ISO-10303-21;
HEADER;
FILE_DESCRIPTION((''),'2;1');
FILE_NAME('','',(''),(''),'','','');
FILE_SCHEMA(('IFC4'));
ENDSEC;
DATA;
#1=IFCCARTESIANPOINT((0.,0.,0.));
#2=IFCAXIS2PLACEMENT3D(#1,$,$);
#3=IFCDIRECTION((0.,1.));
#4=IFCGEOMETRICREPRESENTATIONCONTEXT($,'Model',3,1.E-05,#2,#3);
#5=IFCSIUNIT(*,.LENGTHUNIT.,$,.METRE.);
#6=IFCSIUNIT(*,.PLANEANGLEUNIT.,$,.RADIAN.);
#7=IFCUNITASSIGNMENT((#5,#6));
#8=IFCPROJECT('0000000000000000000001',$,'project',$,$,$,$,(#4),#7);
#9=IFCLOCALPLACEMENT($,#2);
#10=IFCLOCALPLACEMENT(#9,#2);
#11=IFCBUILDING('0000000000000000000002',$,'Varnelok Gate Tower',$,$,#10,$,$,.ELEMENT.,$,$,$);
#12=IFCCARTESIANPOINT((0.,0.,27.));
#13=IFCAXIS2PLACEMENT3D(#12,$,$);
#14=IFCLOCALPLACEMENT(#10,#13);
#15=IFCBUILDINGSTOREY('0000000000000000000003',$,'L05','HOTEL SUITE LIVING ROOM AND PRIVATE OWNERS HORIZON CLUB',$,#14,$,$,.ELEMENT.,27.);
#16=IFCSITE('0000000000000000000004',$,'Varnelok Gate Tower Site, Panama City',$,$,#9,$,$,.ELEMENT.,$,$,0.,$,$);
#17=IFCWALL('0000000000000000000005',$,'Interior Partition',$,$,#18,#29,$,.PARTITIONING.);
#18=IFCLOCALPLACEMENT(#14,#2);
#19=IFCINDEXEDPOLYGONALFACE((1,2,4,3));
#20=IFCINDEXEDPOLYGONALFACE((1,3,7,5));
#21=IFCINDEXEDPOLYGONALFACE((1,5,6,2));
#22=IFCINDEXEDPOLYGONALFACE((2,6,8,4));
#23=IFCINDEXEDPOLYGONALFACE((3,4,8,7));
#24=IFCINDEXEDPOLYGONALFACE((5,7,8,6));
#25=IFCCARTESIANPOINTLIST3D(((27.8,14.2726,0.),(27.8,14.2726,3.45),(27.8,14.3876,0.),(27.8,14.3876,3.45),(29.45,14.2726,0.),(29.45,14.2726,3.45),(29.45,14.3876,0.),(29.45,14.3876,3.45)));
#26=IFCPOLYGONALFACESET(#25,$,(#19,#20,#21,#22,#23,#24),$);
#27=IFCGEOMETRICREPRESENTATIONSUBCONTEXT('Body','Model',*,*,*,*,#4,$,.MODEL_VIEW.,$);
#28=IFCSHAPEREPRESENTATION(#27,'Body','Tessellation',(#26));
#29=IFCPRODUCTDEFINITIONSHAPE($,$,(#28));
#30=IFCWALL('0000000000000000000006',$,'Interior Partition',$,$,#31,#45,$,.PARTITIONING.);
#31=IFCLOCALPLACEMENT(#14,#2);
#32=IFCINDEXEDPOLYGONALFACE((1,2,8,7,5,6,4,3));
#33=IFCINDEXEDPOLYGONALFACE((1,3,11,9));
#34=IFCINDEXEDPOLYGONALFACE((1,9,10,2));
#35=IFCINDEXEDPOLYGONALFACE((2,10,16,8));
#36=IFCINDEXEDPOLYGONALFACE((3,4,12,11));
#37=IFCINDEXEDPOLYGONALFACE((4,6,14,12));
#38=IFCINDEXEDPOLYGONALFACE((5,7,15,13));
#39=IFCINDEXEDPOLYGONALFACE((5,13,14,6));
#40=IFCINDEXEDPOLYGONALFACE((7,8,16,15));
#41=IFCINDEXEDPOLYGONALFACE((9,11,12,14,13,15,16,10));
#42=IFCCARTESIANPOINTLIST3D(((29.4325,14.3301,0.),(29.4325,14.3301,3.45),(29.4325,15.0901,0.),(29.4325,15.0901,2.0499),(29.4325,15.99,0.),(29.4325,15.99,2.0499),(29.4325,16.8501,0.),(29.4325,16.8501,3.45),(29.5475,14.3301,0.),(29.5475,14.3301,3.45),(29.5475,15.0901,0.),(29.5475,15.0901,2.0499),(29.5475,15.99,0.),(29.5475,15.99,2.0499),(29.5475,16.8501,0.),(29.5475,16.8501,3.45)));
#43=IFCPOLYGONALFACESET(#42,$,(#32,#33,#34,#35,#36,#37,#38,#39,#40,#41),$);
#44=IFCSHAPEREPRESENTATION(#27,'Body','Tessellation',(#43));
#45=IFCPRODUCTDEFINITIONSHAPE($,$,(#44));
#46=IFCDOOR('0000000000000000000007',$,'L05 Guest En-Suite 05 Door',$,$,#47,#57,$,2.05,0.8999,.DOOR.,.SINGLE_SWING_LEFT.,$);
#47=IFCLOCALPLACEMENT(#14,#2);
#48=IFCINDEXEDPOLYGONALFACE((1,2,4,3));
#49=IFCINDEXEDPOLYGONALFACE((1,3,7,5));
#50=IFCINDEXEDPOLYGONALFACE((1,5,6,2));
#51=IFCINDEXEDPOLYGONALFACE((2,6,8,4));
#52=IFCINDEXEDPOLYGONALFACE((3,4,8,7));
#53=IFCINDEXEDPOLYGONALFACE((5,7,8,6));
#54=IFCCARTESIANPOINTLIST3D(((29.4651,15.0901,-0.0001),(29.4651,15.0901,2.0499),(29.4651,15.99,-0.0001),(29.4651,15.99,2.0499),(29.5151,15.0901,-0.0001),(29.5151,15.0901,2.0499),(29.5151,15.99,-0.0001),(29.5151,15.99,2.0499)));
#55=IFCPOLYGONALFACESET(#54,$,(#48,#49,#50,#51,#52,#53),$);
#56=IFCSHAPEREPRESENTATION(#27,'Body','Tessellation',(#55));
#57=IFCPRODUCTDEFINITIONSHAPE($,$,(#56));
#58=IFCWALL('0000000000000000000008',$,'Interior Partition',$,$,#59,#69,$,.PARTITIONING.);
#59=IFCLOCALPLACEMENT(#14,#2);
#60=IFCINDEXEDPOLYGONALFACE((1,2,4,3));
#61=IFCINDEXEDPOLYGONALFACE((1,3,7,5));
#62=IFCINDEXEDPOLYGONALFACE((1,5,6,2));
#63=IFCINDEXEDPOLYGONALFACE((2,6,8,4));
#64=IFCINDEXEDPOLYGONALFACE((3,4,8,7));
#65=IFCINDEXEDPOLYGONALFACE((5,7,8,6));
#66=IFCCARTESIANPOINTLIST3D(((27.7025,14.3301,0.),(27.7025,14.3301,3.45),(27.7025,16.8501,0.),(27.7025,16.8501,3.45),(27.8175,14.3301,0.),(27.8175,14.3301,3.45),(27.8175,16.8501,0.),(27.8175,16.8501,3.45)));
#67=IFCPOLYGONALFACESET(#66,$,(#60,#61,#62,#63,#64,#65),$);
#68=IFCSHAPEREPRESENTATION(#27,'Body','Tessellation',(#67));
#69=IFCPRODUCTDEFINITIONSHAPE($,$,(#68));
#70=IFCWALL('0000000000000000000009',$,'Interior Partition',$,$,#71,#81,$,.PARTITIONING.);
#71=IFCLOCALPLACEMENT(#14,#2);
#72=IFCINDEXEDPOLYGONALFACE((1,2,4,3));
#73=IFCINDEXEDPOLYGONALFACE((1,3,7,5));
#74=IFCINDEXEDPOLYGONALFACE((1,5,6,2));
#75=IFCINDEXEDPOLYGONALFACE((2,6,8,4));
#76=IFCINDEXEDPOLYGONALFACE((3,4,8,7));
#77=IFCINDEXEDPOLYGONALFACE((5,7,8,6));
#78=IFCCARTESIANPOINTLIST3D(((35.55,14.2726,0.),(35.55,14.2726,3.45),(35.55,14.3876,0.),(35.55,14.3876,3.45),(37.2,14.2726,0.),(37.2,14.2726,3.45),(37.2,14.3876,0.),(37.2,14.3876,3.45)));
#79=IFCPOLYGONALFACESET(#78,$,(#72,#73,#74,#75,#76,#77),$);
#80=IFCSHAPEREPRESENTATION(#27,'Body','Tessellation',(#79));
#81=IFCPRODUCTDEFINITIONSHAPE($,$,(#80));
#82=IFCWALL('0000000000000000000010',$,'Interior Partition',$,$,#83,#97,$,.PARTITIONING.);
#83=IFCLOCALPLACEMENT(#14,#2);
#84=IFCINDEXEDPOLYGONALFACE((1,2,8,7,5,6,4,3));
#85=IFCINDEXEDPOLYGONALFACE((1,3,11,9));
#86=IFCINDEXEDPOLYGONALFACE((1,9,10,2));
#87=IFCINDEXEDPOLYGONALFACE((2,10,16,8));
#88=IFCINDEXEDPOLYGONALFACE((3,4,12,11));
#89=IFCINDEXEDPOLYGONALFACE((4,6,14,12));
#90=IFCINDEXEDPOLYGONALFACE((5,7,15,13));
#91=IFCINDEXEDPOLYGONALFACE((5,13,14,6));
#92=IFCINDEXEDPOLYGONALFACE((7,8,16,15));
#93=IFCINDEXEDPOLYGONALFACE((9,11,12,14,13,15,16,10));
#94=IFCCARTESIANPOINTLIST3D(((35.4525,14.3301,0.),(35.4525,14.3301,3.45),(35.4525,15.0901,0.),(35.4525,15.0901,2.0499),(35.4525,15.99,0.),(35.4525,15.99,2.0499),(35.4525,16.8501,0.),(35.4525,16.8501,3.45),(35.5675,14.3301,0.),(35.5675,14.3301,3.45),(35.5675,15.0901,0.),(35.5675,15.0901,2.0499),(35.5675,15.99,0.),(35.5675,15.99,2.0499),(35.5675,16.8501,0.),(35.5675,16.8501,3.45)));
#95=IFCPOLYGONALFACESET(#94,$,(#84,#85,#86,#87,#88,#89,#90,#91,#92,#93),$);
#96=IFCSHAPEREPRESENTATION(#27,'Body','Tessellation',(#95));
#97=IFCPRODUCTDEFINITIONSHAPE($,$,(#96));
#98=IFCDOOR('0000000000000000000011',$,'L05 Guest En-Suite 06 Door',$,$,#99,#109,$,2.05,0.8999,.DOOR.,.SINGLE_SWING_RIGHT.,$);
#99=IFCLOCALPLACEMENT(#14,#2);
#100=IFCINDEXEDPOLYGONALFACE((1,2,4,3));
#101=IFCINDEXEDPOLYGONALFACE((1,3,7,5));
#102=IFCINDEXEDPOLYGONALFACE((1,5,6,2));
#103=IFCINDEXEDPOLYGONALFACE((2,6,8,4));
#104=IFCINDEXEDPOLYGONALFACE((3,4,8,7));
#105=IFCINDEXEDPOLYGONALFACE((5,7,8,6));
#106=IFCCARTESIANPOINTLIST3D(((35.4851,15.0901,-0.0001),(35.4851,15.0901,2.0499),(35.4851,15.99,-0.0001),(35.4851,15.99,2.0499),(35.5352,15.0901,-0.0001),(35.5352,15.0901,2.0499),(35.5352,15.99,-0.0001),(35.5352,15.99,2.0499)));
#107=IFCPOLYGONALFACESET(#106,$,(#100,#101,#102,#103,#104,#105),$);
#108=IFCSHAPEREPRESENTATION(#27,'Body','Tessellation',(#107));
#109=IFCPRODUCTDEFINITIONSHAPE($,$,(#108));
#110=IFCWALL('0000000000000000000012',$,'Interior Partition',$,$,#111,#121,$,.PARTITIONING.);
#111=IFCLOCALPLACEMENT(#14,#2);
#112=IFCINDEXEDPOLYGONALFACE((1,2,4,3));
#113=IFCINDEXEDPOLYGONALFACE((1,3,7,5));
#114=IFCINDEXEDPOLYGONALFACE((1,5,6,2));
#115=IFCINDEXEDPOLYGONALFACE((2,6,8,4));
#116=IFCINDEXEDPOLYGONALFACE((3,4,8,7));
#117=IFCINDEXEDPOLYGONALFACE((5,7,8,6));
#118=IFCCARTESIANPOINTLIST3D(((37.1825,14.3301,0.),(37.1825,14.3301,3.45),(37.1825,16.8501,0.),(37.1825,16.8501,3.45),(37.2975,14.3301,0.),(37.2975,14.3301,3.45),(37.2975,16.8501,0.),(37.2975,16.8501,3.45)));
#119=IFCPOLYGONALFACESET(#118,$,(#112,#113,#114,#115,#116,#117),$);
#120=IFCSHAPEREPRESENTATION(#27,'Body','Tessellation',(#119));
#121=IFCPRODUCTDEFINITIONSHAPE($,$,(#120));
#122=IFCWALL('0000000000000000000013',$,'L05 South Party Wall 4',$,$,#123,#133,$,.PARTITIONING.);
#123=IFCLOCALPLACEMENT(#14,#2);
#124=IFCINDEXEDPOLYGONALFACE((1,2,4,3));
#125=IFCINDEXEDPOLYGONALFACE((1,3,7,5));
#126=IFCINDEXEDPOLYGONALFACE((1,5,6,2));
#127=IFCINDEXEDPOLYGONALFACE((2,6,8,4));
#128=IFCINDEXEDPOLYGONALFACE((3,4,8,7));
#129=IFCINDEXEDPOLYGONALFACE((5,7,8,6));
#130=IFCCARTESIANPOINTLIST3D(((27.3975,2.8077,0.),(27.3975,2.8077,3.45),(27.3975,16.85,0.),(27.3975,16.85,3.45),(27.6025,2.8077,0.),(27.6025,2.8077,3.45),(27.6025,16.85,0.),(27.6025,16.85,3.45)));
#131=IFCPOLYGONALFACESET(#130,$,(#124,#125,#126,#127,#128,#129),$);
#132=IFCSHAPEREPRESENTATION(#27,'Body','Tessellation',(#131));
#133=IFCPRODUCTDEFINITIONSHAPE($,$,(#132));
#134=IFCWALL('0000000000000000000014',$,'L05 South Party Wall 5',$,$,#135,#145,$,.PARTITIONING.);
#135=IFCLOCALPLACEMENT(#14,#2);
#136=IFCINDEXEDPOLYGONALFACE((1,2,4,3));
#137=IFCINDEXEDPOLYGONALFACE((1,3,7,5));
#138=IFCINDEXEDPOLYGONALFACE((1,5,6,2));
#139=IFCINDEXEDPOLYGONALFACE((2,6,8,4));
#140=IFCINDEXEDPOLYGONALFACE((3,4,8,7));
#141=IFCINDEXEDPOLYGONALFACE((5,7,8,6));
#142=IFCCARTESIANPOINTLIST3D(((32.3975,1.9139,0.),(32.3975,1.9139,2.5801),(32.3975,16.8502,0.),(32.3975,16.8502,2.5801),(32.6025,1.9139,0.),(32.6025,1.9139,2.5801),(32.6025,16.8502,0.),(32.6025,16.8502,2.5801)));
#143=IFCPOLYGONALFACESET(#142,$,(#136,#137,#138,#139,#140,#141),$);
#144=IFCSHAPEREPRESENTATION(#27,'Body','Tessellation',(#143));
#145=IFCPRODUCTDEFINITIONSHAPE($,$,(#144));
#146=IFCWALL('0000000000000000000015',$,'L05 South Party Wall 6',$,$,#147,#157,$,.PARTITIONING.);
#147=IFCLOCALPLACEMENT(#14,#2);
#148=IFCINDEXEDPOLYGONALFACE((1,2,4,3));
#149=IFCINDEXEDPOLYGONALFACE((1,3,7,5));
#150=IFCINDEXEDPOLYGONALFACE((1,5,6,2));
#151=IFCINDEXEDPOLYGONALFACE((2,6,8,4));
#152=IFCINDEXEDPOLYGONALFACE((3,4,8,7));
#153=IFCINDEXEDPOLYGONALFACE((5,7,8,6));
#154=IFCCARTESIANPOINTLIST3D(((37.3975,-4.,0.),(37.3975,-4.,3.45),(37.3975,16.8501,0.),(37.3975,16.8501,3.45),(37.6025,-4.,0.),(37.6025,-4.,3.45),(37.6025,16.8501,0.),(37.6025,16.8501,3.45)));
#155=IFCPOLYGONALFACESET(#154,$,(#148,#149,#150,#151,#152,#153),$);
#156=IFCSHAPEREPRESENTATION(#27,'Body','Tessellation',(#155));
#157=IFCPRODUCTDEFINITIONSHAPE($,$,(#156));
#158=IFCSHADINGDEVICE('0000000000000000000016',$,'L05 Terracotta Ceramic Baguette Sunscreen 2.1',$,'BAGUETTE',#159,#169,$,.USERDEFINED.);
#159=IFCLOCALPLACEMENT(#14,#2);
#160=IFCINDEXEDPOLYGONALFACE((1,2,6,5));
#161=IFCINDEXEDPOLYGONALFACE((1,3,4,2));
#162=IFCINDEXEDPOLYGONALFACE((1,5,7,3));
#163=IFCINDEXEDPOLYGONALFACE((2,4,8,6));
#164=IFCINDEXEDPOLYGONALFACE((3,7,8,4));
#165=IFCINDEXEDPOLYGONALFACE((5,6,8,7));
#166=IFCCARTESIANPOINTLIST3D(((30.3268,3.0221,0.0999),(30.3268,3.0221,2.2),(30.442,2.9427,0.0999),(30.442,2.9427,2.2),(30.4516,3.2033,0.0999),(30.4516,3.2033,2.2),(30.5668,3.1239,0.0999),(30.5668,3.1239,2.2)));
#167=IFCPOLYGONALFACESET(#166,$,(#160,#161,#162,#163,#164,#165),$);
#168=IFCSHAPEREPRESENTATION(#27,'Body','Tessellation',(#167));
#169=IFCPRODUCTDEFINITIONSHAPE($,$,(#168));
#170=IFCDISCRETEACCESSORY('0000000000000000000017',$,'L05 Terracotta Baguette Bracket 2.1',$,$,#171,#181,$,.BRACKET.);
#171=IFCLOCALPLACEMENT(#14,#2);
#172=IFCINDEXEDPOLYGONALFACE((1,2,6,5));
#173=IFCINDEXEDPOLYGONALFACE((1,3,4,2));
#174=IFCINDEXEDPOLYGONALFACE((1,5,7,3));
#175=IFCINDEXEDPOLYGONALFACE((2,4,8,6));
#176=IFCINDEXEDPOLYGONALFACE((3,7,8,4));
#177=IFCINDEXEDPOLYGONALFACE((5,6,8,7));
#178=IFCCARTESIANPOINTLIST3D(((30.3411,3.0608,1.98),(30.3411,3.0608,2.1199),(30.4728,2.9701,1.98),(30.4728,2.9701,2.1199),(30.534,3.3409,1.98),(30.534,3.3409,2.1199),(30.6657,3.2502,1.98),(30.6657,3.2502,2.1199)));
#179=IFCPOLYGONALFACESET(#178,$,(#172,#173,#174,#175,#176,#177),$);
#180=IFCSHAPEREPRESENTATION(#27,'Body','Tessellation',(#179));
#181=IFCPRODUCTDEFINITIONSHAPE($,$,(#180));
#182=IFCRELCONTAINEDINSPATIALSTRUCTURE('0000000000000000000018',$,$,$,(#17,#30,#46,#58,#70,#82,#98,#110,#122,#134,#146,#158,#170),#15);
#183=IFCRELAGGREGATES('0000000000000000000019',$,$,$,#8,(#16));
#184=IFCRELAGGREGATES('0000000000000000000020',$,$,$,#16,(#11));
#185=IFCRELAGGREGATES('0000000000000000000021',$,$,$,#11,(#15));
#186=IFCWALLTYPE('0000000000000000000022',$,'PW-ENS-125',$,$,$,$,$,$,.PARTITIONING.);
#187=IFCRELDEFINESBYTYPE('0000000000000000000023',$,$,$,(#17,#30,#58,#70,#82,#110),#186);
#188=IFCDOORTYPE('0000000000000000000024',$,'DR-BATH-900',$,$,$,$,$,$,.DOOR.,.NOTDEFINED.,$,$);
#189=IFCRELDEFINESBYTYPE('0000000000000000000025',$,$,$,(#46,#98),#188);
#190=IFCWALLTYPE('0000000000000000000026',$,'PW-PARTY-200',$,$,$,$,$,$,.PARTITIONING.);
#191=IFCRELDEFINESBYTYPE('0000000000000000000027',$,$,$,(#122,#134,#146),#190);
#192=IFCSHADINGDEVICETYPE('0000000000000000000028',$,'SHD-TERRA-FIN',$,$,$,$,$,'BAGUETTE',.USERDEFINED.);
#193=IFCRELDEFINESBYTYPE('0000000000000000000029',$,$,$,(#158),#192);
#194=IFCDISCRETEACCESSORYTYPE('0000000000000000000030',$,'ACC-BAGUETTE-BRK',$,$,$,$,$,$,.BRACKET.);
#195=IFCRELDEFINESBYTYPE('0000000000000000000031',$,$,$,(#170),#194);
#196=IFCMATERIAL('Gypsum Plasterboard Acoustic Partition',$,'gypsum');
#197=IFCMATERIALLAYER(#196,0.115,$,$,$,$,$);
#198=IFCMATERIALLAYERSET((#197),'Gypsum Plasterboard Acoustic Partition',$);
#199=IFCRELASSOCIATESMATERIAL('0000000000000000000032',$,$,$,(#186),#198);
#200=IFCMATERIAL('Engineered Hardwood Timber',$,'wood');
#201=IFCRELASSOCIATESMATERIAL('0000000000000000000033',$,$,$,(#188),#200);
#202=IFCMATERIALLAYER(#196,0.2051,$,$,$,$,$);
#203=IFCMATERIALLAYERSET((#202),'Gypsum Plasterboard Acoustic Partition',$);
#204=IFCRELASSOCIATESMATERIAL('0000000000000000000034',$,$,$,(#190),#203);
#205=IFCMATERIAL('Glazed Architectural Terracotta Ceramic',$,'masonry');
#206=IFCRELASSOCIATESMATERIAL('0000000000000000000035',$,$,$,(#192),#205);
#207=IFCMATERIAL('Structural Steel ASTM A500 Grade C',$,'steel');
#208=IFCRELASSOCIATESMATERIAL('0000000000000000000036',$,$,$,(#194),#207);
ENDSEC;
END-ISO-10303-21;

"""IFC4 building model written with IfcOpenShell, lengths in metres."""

from ifc_helpers import new_model, si_unit, direction, frame, frame_2d, origin, origin_2d, place, context, subcontext, project, spatial, rectangle, extrude, source, transform, mapped, material, layer, layer_set, type_object, element, fill, save


model = new_model("IFC4")

# Units and contexts
model_context = context("Model", 3, precision=1e-05, world=origin(), true_north=direction((0.0, 1.0)))
body_context = subcontext(model_context, "Body", "Model", "MODEL_VIEW")
ifc_project = project(units=[si_unit("LENGTHUNIT", "METRE"), si_unit("PLANEANGLEUNIT", "RADIAN")], contexts=[model_context])

# Site, building, storey
site_placement = place(None, origin())
site = spatial("IfcSite", under=ifc_project, at=site_placement, Name="Varnelok Gate Tower Site, Panama City", CompositionType="ELEMENT", RefElevation=0.0)
building_placement = place(site_placement, origin())
building = spatial("IfcBuilding", under=site, at=building_placement, Name="Varnelok Gate Tower", CompositionType="ELEMENT")
storey_placement = place(building_placement, frame((0.0, 0.0, 27.0)))
storey = spatial("IfcBuildingStorey", under=building, at=storey_placement, Name="L05", Description="HOTEL SUITE LIVING ROOM AND PRIVATE OWNERS HORIZON CLUB", CompositionType="ELEMENT", Elevation=27.0)

# Shared definitions
ifc_material_1 = material(Name="Gypsum Plasterboard Acoustic Partition", Category="gypsum")
ifc_material_2 = material(Name="Engineered Hardwood Timber", Category="wood")
ifc_layer_1 = layer(ifc_material_1, 0.115)
ifc_layer_set_1 = layer_set([ifc_layer_1], Name="Gypsum Plasterboard Acoustic Partition")
wall_type_1 = type_object("IfcWallType", Name="PW-ENS-125", PredefinedType="PARTITIONING", material=ifc_layer_set_1)
door_type_1 = type_object("IfcDoorType", Name="DR-BATH-900", OperationType="NOTDEFINED", PredefinedType="DOOR", material=ifc_material_2)

# Wall
wall_1_placement = place(storey_placement, frame((27.8, 14.3301, 0.0), z_axis=(0.0, 0.0, 1.0), x_axis=(1.0, 0.0, 0.0)))
element("IfcWall", 1, at=wall_1_placement, inside=storey, type_object=wall_type_1, Name="Interior Partition", PredefinedType="PARTITIONING", context=body_context, shape_type="SweptSolid", body=[
    extrude(rectangle(XDim=1.6499, YDim=0.115, at=frame_2d((0.825, 0.0))), origin(), (0.0, 0.0, 1.0), 3.45),
])

# Wall, opening, door
wall_2_placement = place(storey_placement, frame((29.49, 14.3301, 0.0), z_axis=(0.0, 0.0, 1.0), x_axis=(0.0, 1.0, 0.0)))
wall_2 = element("IfcWall", 2, at=wall_2_placement, inside=storey, type_object=wall_type_1, Name="Interior Partition", PredefinedType="PARTITIONING", context=body_context, shape_type="SweptSolid", body=[
    extrude(rectangle(XDim=2.52, YDim=0.115, at=frame_2d((1.26, 0.0))), origin(), (0.0, 0.0, 1.0), 3.45),
])
opening_1_placement = place(wall_2_placement, frame((0.76, 0.0, 0.0)))
opening_1 = element("IfcOpeningElement", 3, at=opening_1_placement, cuts=wall_2, PredefinedType="OPENING", context=body_context, shape_type="SweptSolid", body=[
    extrude(rectangle(XDim=0.8999, YDim=2.05, at=frame_2d((0.45, 1.0249))), frame((0.0, 0.0674, 0.0), z_axis=(0.0, -1.0, 0.0), x_axis=(1.0, 0.0, 0.0)), (0.0, 0.0, 1.0), 0.135),
])
door_1_placement = place(opening_1_placement, origin())
door_1 = element("IfcDoor", 4, at=door_1_placement, inside=storey, type_object=door_type_1, Name="L05 Guest En-Suite 05 Door", OperationType="SINGLE_SWING_LEFT", OverallHeight=2.05, OverallWidth=0.8999, PredefinedType="DOOR", context=body_context, shape_type="SweptSolid", body=[
    extrude(rectangle(XDim=0.8999, YDim=2.05, at=frame_2d((0.45, 1.0249))), frame((0.0, 0.0249, 0.0), z_axis=(0.0, -1.0, 0.0), x_axis=(1.0, 0.0, 0.0)), (0.0, 0.0, 1.0), 0.05),
])
fill(opening_1, door_1)

# Walls
wall_3_placement = place(storey_placement, frame((27.76, 14.3301, 0.0), z_axis=(0.0, 0.0, 1.0), x_axis=(0.0, 1.0, 0.0)))
element("IfcWall", 5, at=wall_3_placement, inside=storey, type_object=wall_type_1, Name="Interior Partition", PredefinedType="PARTITIONING", context=body_context, shape_type="SweptSolid", body=[
    extrude(rectangle(XDim=2.52, YDim=0.115, at=frame_2d((1.26, 0.0))), origin(), (0.0, 0.0, 1.0), 3.45),
])
wall_4_placement = place(storey_placement, frame((35.55, 14.3301, 0.0), z_axis=(0.0, 0.0, 1.0), x_axis=(1.0, 0.0, 0.0)))
element("IfcWall", 6, at=wall_4_placement, inside=storey, type_object=wall_type_1, Name="Interior Partition", PredefinedType="PARTITIONING", context=body_context, shape_type="SweptSolid", body=[
    extrude(rectangle(XDim=1.6499, YDim=0.115, at=frame_2d((0.825, 0.0))), origin(), (0.0, 0.0, 1.0), 3.45),
])

# Wall, opening, door
wall_5_placement = place(storey_placement, frame((35.51, 14.3301, 0.0), z_axis=(0.0, 0.0, 1.0), x_axis=(0.0, 1.0, 0.0)))
wall_5 = element("IfcWall", 7, at=wall_5_placement, inside=storey, type_object=wall_type_1, Name="Interior Partition", PredefinedType="PARTITIONING", context=body_context, shape_type="SweptSolid", body=[
    extrude(rectangle(XDim=2.52, YDim=0.115, at=frame_2d((1.26, 0.0))), origin(), (0.0, 0.0, 1.0), 3.45),
])
opening_2_placement = place(wall_5_placement, frame((0.76, 0.0, 0.0)))
opening_2 = element("IfcOpeningElement", 8, at=opening_2_placement, cuts=wall_5, PredefinedType="OPENING", context=body_context, shape_type="SweptSolid", body=[
    extrude(rectangle(XDim=0.8999, YDim=2.05, at=frame_2d((0.45, 1.0249))), frame((0.0, 0.0674, 0.0), z_axis=(0.0, -1.0, 0.0), x_axis=(1.0, 0.0, 0.0)), (0.0, 0.0, 1.0), 0.135),
])
door_2_placement = place(opening_2_placement, origin())
door_2 = element("IfcDoor", 9, at=door_2_placement, inside=storey, type_object=door_type_1, Name="L05 Guest En-Suite 06 Door", OperationType="SINGLE_SWING_RIGHT", OverallHeight=2.05, OverallWidth=0.8999, PredefinedType="DOOR", context=body_context, shape_type="SweptSolid", body=[
    extrude(rectangle(XDim=0.8999, YDim=2.05, at=frame_2d((0.45, 1.0249))), frame((0.0, 0.0249, 0.0), z_axis=(0.0, -1.0, 0.0), x_axis=(1.0, 0.0, 0.0)), (0.0, 0.0, 1.0), 0.05),
])
fill(opening_2, door_2)

# Walls
wall_6_placement = place(storey_placement, frame((37.24, 14.3301, 0.0), z_axis=(0.0, 0.0, 1.0), x_axis=(0.0, 1.0, 0.0)))
element("IfcWall", 10, at=wall_6_placement, inside=storey, type_object=wall_type_1, Name="Interior Partition", PredefinedType="PARTITIONING", context=body_context, shape_type="SweptSolid", body=[
    extrude(rectangle(XDim=2.52, YDim=0.115, at=frame_2d((1.26, 0.0))), origin(), (0.0, 0.0, 1.0), 3.45),
])
ifc_layer_2 = layer(ifc_material_1, 0.2051)
ifc_layer_set_2 = layer_set([ifc_layer_2], Name="Gypsum Plasterboard Acoustic Partition")
wall_type_2 = type_object("IfcWallType", Name="PW-PARTY-200", PredefinedType="PARTITIONING", material=ifc_layer_set_2)
wall_7_placement = place(storey_placement, frame((27.5, 2.8079, 0.0), z_axis=(0.0, 0.0, 1.0), x_axis=(0.0, 1.0, 0.0)))
element("IfcWall", 11, at=wall_7_placement, inside=storey, type_object=wall_type_2, Name="L05 South Party Wall 4", PredefinedType="PARTITIONING", context=body_context, shape_type="SweptSolid", body=[
    extrude(rectangle(XDim=14.0422, YDim=0.2051, at=frame_2d((7.021, 0.0))), origin(), (0.0, 0.0, 1.0), 3.45),
])
wall_8_placement = place(storey_placement, frame((32.5, 1.9138, 0.0), z_axis=(0.0, 0.0, 1.0), x_axis=(0.0, 1.0, 0.0)))
element("IfcWall", 12, at=wall_8_placement, inside=storey, type_object=wall_type_2, Name="L05 South Party Wall 5", PredefinedType="PARTITIONING", context=body_context, shape_type="SweptSolid", body=[
    extrude(rectangle(XDim=14.9363, YDim=0.2051, at=frame_2d((7.4683, 0.0))), origin(), (0.0, 0.0, 1.0), 2.5801),
])
wall_9_placement = place(storey_placement, frame((37.5, -4.0, 0.0), z_axis=(0.0, 0.0, 1.0), x_axis=(0.0, 1.0, 0.0)))
element("IfcWall", 13, at=wall_9_placement, inside=storey, type_object=wall_type_2, Name="L05 South Party Wall 6", PredefinedType="PARTITIONING", context=body_context, shape_type="SweptSolid", body=[
    extrude(rectangle(XDim=20.8501, YDim=0.2051, at=frame_2d((10.425, 0.0))), origin(), (0.0, 0.0, 1.0), 3.45),
])

# Shading device
ifc_material_3 = material(Name="Glazed Architectural Terracotta Ceramic", Category="masonry")
shading_device_type = type_object("IfcShadingDeviceType", Name="SHD-TERRA-FIN", ElementType="BAGUETTE", PredefinedType="USERDEFINED", material=ifc_material_3)
shared_shape_1 = source(origin(), body_context, "Body", "SweptSolid", [
    extrude(rectangle(XDim=0.1399, YDim=0.22, at=origin_2d()), origin(), (0.0, 0.0, 1.0), 2.1001),
])
shading_device_placement = place(storey_placement, frame((30.4468, 3.073, 0.0999), z_axis=(0.0, 0.0, 1.0), x_axis=(0.823533, -0.567269, 0.0)))
element("IfcShadingDevice", 14, at=shading_device_placement, inside=storey, type_object=shading_device_type, Name="L05 Terracotta Ceramic Baguette Sunscreen 2.1", ObjectType="BAGUETTE", PredefinedType="USERDEFINED", context=body_context, shape_type="MappedRepresentation", body=[
    mapped(shared_shape_1, transform((0.0, 0.0, 0.0), scale=1.0)),
])

# Discrete accessory
ifc_material_4 = material(Name="Structural Steel ASTM A500 Grade C", Category="steel")
discrete_accessory_type = type_object("IfcDiscreteAccessoryType", Name="ACC-BAGUETTE-BRK", PredefinedType="BRACKET", material=ifc_material_4)
shared_shape_2 = source(origin(), body_context, "Body", "SweptSolid", [
    extrude(rectangle(XDim=0.1599, YDim=0.3401, at=origin_2d()), origin(), (0.0, 0.0, 1.0), 0.1399),
])
discrete_accessory_placement = place(storey_placement, frame((30.5034, 3.1555, 1.98), z_axis=(0.0, 0.0, 1.0), x_axis=(0.823533, -0.567269, 0.0)))
element("IfcDiscreteAccessory", 15, at=discrete_accessory_placement, inside=storey, type_object=discrete_accessory_type, Name="L05 Terracotta Baguette Bracket 2.1", PredefinedType="BRACKET", context=body_context, shape_type="MappedRepresentation", body=[
    mapped(shared_shape_2, transform((0.0, 0.0, 0.0), scale=1.0)),
])

save(model, "model.ifc")
